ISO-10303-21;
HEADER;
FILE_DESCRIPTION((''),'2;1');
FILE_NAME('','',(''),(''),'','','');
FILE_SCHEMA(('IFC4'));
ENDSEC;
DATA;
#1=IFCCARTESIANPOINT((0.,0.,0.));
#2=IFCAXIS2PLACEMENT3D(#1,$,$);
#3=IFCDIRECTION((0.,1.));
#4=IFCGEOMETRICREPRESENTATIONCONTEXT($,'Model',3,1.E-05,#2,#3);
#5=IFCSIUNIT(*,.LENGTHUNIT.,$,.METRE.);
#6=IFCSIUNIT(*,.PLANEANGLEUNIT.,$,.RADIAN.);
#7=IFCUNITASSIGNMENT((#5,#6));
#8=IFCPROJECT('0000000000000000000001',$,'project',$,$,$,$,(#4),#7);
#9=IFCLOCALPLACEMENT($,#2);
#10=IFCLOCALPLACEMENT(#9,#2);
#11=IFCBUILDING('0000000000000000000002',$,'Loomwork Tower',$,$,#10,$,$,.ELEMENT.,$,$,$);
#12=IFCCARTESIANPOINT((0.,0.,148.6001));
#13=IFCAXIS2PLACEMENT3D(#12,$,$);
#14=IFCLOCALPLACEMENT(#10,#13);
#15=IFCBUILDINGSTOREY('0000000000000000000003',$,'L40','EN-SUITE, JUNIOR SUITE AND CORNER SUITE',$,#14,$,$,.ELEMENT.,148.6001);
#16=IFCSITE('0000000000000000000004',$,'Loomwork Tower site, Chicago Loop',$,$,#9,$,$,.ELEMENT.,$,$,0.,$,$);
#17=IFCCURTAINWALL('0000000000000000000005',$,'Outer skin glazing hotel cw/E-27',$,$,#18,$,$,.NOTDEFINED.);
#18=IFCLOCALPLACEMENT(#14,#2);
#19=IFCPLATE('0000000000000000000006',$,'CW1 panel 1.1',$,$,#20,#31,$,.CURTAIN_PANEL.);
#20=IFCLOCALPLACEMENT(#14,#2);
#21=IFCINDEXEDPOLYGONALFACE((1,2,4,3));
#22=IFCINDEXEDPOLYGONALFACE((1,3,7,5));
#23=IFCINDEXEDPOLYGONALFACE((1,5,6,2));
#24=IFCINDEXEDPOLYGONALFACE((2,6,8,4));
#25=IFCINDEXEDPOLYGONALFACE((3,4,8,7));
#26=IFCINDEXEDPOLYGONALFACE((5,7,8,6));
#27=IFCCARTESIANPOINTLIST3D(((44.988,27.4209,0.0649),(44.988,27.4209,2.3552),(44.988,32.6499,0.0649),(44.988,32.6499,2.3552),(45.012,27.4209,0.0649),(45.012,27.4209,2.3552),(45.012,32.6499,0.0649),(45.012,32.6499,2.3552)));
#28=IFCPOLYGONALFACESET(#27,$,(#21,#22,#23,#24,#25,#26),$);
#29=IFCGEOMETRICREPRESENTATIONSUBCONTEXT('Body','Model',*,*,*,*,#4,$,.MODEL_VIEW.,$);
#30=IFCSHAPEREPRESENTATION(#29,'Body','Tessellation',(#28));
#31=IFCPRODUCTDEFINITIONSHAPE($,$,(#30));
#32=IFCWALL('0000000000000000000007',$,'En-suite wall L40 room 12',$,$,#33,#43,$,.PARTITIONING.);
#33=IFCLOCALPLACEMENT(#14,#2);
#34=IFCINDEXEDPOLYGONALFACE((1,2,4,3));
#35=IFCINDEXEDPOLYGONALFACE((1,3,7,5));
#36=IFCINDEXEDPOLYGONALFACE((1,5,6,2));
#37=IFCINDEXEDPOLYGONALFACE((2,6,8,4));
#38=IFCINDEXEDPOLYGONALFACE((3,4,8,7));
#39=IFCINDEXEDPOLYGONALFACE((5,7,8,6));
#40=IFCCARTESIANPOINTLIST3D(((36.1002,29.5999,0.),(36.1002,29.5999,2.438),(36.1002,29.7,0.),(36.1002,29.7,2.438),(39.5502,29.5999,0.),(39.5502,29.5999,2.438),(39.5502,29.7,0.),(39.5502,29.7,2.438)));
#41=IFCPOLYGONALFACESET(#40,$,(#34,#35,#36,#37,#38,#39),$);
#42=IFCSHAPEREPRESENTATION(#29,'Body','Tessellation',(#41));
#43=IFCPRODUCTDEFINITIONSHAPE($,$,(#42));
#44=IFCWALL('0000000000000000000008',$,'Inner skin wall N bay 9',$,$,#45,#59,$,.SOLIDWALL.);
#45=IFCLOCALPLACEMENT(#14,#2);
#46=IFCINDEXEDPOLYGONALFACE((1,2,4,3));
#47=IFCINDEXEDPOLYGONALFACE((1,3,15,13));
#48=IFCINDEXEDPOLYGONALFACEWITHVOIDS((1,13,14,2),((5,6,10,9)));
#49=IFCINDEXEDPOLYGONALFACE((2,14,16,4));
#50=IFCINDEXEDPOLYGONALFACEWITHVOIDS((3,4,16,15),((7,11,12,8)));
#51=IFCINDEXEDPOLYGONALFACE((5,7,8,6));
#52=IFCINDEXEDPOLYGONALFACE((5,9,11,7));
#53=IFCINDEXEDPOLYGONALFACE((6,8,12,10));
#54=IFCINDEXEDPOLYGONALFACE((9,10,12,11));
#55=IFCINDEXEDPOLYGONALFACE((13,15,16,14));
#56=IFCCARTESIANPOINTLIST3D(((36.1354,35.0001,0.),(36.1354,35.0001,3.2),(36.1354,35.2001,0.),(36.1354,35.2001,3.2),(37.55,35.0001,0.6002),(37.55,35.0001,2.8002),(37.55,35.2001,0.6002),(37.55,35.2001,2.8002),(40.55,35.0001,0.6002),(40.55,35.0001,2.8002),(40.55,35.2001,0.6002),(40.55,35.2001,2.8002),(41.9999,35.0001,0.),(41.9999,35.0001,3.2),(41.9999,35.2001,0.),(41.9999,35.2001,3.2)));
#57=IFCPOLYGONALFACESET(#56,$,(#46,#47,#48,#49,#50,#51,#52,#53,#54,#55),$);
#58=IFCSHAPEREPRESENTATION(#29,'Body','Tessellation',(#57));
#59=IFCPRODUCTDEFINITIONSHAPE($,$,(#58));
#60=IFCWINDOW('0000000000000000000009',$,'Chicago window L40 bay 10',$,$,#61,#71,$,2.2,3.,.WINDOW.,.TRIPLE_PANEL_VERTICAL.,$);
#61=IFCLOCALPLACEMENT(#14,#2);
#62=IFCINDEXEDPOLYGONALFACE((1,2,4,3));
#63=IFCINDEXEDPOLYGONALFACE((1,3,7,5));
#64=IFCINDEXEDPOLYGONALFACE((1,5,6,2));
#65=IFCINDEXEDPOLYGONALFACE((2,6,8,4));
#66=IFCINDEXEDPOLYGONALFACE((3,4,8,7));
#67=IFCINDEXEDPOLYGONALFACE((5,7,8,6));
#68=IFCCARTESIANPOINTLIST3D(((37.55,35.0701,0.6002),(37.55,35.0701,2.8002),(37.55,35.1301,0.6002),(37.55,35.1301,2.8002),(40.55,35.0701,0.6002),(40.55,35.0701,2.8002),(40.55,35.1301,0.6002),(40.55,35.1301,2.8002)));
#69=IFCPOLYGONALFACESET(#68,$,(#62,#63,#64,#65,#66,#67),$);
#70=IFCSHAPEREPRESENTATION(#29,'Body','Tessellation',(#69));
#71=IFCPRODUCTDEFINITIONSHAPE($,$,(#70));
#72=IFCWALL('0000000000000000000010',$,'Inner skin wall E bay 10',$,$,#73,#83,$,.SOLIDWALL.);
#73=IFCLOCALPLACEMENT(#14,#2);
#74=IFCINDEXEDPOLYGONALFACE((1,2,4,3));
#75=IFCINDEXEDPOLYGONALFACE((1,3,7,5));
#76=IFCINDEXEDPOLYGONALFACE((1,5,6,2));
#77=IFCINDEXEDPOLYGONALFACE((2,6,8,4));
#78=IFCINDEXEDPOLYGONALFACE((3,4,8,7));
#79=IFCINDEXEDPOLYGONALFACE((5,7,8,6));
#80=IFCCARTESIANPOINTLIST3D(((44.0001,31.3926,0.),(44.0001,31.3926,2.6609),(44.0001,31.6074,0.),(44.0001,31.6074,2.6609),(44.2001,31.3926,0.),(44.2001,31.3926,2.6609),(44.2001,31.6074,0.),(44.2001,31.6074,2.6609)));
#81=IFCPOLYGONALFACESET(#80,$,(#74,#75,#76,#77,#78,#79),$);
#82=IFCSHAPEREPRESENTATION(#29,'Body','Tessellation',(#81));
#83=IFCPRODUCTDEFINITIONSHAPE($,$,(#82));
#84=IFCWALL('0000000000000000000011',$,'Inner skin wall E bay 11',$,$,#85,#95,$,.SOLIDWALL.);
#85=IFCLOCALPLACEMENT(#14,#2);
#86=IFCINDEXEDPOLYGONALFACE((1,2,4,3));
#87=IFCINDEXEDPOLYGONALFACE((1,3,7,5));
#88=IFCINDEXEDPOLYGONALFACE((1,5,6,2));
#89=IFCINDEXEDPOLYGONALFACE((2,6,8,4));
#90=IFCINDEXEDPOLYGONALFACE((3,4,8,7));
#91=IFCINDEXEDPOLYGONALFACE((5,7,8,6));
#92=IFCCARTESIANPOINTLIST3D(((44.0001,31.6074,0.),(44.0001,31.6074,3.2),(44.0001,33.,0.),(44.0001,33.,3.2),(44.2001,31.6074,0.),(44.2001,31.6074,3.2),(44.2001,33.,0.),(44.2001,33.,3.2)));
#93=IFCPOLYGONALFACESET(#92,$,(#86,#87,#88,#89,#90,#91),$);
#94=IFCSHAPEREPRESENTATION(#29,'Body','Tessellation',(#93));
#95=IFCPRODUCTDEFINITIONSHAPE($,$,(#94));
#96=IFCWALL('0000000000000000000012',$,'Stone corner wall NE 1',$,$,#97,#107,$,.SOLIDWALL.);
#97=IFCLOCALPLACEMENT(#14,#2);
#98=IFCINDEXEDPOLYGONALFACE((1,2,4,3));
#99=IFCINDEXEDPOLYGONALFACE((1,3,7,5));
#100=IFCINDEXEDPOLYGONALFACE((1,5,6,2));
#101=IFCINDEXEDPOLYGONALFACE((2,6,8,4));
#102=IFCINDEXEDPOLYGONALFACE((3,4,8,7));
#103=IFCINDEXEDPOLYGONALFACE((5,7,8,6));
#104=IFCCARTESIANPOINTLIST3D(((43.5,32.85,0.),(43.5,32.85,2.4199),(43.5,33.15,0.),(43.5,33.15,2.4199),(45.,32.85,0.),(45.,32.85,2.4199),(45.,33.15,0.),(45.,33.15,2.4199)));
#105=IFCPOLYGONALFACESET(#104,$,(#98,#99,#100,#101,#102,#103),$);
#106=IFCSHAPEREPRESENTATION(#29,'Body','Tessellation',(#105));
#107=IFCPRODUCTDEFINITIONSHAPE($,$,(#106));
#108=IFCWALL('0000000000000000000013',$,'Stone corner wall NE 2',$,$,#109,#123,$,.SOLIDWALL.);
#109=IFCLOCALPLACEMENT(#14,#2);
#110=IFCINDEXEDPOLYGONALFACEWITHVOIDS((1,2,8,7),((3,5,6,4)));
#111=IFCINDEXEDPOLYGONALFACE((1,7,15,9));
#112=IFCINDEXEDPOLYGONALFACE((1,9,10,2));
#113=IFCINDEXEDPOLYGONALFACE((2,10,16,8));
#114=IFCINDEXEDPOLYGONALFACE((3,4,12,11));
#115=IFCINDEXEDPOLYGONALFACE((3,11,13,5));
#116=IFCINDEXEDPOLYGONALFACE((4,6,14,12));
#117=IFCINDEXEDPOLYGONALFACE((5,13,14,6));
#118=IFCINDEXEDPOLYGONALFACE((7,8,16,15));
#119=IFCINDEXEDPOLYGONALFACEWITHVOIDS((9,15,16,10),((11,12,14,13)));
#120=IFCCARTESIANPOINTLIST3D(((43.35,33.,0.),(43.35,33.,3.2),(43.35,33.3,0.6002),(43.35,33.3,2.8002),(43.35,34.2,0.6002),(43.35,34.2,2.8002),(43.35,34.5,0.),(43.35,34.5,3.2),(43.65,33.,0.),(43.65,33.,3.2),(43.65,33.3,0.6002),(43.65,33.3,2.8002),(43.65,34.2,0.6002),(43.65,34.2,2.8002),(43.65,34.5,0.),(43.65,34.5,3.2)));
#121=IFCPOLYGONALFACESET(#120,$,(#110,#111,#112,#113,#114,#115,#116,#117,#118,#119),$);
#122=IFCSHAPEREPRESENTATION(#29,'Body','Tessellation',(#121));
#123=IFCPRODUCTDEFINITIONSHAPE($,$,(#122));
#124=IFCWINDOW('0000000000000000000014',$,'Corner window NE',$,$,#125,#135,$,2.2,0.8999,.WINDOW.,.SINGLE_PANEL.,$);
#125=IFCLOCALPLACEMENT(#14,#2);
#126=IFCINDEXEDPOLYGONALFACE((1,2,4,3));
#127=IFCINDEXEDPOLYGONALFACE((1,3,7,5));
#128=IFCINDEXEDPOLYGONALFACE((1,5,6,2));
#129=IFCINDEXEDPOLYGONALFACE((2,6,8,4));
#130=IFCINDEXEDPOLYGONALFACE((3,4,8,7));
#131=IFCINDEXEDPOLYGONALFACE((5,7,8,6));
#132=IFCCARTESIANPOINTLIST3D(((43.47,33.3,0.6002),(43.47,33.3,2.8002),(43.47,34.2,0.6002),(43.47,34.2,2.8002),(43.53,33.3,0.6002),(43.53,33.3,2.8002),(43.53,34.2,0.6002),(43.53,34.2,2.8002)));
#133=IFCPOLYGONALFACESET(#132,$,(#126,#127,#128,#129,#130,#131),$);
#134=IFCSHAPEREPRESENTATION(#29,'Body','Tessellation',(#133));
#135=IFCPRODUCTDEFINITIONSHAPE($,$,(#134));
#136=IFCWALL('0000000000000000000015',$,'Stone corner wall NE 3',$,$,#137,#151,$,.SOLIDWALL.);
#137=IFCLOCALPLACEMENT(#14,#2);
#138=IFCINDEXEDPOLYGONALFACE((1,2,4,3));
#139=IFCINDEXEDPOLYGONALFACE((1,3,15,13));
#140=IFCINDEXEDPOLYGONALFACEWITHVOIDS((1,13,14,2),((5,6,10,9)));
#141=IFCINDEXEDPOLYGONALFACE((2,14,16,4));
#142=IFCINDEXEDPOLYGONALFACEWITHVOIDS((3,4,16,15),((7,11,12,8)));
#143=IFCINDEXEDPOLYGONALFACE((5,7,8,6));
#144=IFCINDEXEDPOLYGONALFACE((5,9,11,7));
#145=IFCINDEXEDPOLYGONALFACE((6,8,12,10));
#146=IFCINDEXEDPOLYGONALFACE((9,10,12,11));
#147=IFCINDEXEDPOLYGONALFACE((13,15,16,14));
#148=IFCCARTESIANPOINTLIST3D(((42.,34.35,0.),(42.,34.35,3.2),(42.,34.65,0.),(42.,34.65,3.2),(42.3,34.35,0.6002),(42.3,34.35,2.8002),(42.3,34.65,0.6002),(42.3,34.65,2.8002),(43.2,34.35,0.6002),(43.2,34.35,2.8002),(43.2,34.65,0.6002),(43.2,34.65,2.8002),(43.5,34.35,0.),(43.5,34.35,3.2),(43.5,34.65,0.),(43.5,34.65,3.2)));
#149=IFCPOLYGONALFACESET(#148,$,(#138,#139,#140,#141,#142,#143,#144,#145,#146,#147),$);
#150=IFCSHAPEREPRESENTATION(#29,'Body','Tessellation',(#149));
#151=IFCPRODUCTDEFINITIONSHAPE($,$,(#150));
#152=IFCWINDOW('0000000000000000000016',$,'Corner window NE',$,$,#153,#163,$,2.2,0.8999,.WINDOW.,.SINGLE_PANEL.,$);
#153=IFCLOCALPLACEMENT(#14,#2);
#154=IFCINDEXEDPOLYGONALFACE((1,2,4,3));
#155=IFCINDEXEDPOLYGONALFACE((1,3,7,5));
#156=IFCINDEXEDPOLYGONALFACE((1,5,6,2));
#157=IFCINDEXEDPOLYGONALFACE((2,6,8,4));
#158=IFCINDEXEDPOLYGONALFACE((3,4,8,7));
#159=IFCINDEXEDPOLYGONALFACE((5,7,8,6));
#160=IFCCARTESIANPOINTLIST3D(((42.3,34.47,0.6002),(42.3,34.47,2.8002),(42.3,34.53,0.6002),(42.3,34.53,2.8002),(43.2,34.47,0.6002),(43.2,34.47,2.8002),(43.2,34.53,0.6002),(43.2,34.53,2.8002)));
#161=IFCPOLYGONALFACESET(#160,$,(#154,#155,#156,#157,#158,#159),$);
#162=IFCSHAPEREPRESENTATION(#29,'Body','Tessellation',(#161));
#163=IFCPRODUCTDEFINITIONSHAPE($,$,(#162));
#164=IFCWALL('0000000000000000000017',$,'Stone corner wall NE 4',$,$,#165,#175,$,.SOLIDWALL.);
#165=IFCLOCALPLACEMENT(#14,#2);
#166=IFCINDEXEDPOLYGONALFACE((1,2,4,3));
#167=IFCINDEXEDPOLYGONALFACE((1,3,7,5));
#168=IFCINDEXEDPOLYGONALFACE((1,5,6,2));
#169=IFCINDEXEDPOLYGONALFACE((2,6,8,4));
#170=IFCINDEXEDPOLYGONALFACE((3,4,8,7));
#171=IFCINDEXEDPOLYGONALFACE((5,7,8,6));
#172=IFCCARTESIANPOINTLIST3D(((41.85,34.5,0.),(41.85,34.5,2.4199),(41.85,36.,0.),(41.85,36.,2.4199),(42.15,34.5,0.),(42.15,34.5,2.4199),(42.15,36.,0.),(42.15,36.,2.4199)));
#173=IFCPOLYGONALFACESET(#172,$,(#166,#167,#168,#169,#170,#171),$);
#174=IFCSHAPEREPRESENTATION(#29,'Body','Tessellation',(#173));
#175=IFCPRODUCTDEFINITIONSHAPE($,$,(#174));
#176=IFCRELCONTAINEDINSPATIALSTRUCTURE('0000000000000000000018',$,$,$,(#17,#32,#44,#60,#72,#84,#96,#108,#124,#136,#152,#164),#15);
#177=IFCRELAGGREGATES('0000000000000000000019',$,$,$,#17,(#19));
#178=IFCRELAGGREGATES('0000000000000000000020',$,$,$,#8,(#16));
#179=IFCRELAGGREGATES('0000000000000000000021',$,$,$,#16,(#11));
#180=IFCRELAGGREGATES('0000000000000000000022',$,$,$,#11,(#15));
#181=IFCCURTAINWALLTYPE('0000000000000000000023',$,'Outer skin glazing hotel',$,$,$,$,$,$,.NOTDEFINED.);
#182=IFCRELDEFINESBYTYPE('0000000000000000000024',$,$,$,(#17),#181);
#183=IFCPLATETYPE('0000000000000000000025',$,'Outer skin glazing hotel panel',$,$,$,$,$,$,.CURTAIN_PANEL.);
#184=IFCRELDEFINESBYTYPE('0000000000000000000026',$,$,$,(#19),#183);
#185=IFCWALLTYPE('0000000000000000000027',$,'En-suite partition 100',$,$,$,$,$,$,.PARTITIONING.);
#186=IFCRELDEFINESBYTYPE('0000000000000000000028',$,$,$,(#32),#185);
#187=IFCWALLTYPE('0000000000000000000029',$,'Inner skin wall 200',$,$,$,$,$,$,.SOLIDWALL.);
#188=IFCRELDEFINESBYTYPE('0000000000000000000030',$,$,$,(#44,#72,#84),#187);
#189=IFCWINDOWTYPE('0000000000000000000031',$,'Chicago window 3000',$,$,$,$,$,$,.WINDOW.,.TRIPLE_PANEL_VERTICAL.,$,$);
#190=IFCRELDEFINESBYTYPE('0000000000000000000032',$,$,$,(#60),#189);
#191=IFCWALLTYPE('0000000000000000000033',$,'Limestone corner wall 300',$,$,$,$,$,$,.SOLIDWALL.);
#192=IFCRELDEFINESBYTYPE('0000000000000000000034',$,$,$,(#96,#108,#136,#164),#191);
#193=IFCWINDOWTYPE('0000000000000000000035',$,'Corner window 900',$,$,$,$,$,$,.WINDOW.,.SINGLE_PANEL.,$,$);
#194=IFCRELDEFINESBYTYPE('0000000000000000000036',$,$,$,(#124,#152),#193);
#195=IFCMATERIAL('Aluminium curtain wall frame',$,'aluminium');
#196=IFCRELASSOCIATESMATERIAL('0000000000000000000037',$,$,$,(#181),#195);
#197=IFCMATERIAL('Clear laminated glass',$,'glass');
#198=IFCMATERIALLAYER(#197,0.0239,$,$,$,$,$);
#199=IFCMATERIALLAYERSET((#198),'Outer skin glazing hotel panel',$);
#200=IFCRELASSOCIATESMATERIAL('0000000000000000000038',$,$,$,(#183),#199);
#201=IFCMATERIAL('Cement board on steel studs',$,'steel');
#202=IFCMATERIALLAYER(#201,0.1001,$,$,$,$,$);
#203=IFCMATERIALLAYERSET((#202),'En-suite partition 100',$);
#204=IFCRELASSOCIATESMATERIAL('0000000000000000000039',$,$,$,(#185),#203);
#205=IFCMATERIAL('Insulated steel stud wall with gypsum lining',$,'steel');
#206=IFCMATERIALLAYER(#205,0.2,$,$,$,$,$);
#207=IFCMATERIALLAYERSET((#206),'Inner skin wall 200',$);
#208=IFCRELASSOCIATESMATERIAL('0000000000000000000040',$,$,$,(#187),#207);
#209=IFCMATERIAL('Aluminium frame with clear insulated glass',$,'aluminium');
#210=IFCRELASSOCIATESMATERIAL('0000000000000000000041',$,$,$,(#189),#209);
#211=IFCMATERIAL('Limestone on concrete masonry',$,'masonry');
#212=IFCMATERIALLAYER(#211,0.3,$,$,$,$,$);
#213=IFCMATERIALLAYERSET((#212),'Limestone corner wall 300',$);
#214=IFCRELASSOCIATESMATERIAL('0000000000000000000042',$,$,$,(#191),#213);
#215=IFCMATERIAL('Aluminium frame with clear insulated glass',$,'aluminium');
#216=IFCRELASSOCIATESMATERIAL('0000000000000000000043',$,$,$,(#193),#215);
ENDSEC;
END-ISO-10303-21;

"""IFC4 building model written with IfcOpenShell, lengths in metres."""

from ifc_helpers import new_model, si_unit, direction, frame, frame_2d, origin, origin_2d, place, context, subcontext, project, spatial, rectangle, extrude, material, layer, layer_set, type_object, element, fill, aggregate, save


model = new_model("IFC4")

# Units and contexts
model_context = context("Model", 3, precision=1e-05, world=origin(), true_north=direction((0.0, 1.0)))
body_context = subcontext(model_context, "Body", "Model", "MODEL_VIEW")
ifc_project = project(units=[si_unit("LENGTHUNIT", "METRE"), si_unit("PLANEANGLEUNIT", "RADIAN")], contexts=[model_context])

# Site, building, storey
site_placement = place(None, origin())
site = spatial("IfcSite", under=ifc_project, at=site_placement, Name="Loomwork Tower site, Chicago Loop", CompositionType="ELEMENT", RefElevation=0.0)
building_placement = place(site_placement, origin())
building = spatial("IfcBuilding", under=site, at=building_placement, Name="Loomwork Tower", CompositionType="ELEMENT")
storey_placement = place(building_placement, frame((0.0, 0.0, 148.6001)))
storey = spatial("IfcBuildingStorey", under=building, at=storey_placement, Name="L40", Description="EN-SUITE, JUNIOR SUITE AND CORNER SUITE", CompositionType="ELEMENT", Elevation=148.6001)

# Shared definitions
ifc_material_1 = material(Name="Aluminium curtain wall frame", Category="aluminium")
curtain_wall_type = type_object("IfcCurtainWallType", Name="Outer skin glazing hotel", PredefinedType="NOTDEFINED", material=ifc_material_1)

# Curtain wall
curtain_wall_1_placement = place(storey_placement, origin())
curtain_wall_1 = element("IfcCurtainWall", 1, at=curtain_wall_1_placement, inside=storey, type_object=curtain_wall_type, Name="Outer skin glazing hotel cw/E-27", PredefinedType="NOTDEFINED")

# Plate
ifc_material_2 = material(Name="Clear laminated glass", Category="glass")
ifc_layer_1 = layer(ifc_material_2, 0.0239)
ifc_layer_set_1 = layer_set([ifc_layer_1], Name="Outer skin glazing hotel panel")
plate_type = type_object("IfcPlateType", Name="Outer skin glazing hotel panel", PredefinedType="CURTAIN_PANEL", material=ifc_layer_set_1)
plate_1_placement = place(storey_placement, frame((45.0, 30.0354, 0.0649), z_axis=(0.0, 0.0, 1.0), x_axis=(0.0, 1.0, 0.0)))
plate_1 = element("IfcPlate", 2, at=plate_1_placement, type_object=plate_type, Name="CW1 panel 1.1", PredefinedType="CURTAIN_PANEL", context=body_context, shape_type="SweptSolid", body=[
    extrude(rectangle(XDim=5.229, YDim=0.0239, at=origin_2d()), origin(), (0.0, 0.0, 1.0), 2.2903),
])
aggregate(curtain_wall_1, [plate_1])

# Wall
ifc_material_3 = material(Name="Cement board on steel studs", Category="steel")
ifc_layer_2 = layer(ifc_material_3, 0.1001)
ifc_layer_set_2 = layer_set([ifc_layer_2], Name="En-suite partition 100")
wall_type_1 = type_object("IfcWallType", Name="En-suite partition 100", PredefinedType="PARTITIONING", material=ifc_layer_set_2)
wall_1_placement = place(storey_placement, frame((36.1001, 29.6499, 0.0), z_axis=(0.0, 0.0, 1.0), x_axis=(1.0, 0.0, 0.0)))
element("IfcWall", 3, at=wall_1_placement, inside=storey, type_object=wall_type_1, Name="En-suite wall L40 room 12", PredefinedType="PARTITIONING", context=body_context, shape_type="SweptSolid", body=[
    extrude(rectangle(XDim=3.45, YDim=0.1001, at=frame_2d((1.7251, 0.0))), origin(), (0.0, 0.0, 1.0), 2.438),
])

# Wall, opening, window
ifc_material_4 = material(Name="Insulated steel stud wall with gypsum lining", Category="steel")
ifc_layer_3 = layer(ifc_material_4, 0.2)
ifc_layer_set_3 = layer_set([ifc_layer_3], Name="Inner skin wall 200")
wall_type_2 = type_object("IfcWallType", Name="Inner skin wall 200", PredefinedType="SOLIDWALL", material=ifc_layer_set_3)
wall_2_placement = place(storey_placement, frame((36.1355, 35.1001, 0.0), z_axis=(0.0, 0.0, 1.0), x_axis=(1.0, 0.0, 0.0)))
wall_2 = element("IfcWall", 4, at=wall_2_placement, inside=storey, type_object=wall_type_2, Name="Inner skin wall N bay 9", PredefinedType="SOLIDWALL", context=body_context, shape_type="SweptSolid", body=[
    extrude(rectangle(XDim=5.8645, YDim=0.2, at=frame_2d((2.9321, 0.0))), origin(), (0.0, 0.0, 1.0), 3.2),
])
opening_1_placement = place(wall_2_placement, frame((1.4146, 0.0, 0.6001)))
opening_1 = element("IfcOpeningElement", 5, at=opening_1_placement, cuts=wall_2, PredefinedType="OPENING", context=body_context, shape_type="SweptSolid", body=[
    extrude(rectangle(XDim=3.0, YDim=2.2, at=frame_2d((1.5, 1.1001))), frame((0.0, 0.1099, 0.0), z_axis=(0.0, -1.0, 0.0), x_axis=(1.0, 0.0, 0.0)), (0.0, 0.0, 1.0), 0.22),
])
ifc_material_5 = material(Name="Aluminium frame with clear insulated glass", Category="aluminium")
window_type_1 = type_object("IfcWindowType", Name="Chicago window 3000", PartitioningType="TRIPLE_PANEL_VERTICAL", PredefinedType="WINDOW", material=ifc_material_5)
window_1_placement = place(opening_1_placement, origin())
window_1 = element("IfcWindow", 6, at=window_1_placement, inside=storey, type_object=window_type_1, Name="Chicago window L40 bay 10", OverallHeight=2.2, OverallWidth=3.0, PartitioningType="TRIPLE_PANEL_VERTICAL", PredefinedType="WINDOW", context=body_context, shape_type="SweptSolid", body=[
    extrude(rectangle(XDim=3.0, YDim=2.2, at=frame_2d((1.5, 1.1001))), frame((0.0, 0.03, 0.0), z_axis=(0.0, -1.0, 0.0), x_axis=(1.0, 0.0, 0.0)), (0.0, 0.0, 1.0), 0.0601),
])
fill(opening_1, window_1)

# Walls
wall_3_placement = place(storey_placement, frame((44.1001, 31.3926, 0.0), z_axis=(0.0, 0.0, 1.0), x_axis=(0.0, 1.0, 0.0)))
element("IfcWall", 7, at=wall_3_placement, inside=storey, type_object=wall_type_2, Name="Inner skin wall E bay 10", PredefinedType="SOLIDWALL", context=body_context, shape_type="SweptSolid", body=[
    extrude(rectangle(XDim=0.2148, YDim=0.2, at=frame_2d((0.1074, 0.0))), origin(), (0.0, 0.0, 1.0), 2.6609),
])
wall_4_placement = place(storey_placement, frame((44.1001, 31.6074, 0.0), z_axis=(0.0, 0.0, 1.0), x_axis=(0.0, 1.0, 0.0)))
element("IfcWall", 8, at=wall_4_placement, inside=storey, type_object=wall_type_2, Name="Inner skin wall E bay 11", PredefinedType="SOLIDWALL", context=body_context, shape_type="SweptSolid", body=[
    extrude(rectangle(XDim=1.3926, YDim=0.2, at=frame_2d((0.6963, 0.0))), origin(), (0.0, 0.0, 1.0), 3.2),
])
ifc_material_6 = material(Name="Limestone on concrete masonry", Category="masonry")
ifc_layer_4 = layer(ifc_material_6, 0.3)
ifc_layer_set_4 = layer_set([ifc_layer_4], Name="Limestone corner wall 300")
wall_type_3 = type_object("IfcWallType", Name="Limestone corner wall 300", PredefinedType="SOLIDWALL", material=ifc_layer_set_4)
wall_5_placement = place(storey_placement, frame((45.0, 33.0, 0.0), z_axis=(0.0, 0.0, 1.0), x_axis=(-1.0, 0.0, 0.0)))
element("IfcWall", 9, at=wall_5_placement, inside=storey, type_object=wall_type_3, Name="Stone corner wall NE 1", PredefinedType="SOLIDWALL", context=body_context, shape_type="SweptSolid", body=[
    extrude(rectangle(XDim=1.5, YDim=0.3, at=frame_2d((0.75, 0.0))), origin(), (0.0, 0.0, 1.0), 2.4199),
])

# Walls, openings, windows
wall_6_placement = place(storey_placement, frame((43.5, 33.0, 0.0), z_axis=(0.0, 0.0, 1.0), x_axis=(0.0, 1.0, 0.0)))
wall_6 = element("IfcWall", 10, at=wall_6_placement, inside=storey, type_object=wall_type_3, Name="Stone corner wall NE 2", PredefinedType="SOLIDWALL", context=body_context, shape_type="SweptSolid", body=[
    extrude(rectangle(XDim=1.5, YDim=0.3, at=frame_2d((0.75, 0.0))), origin(), (0.0, 0.0, 1.0), 3.2),
])
opening_2_placement = place(wall_6_placement, frame((0.3, 0.0, 0.6001)))
opening_2 = element("IfcOpeningElement", 11, at=opening_2_placement, cuts=wall_6, PredefinedType="OPENING", context=body_context, shape_type="SweptSolid", body=[
    extrude(rectangle(XDim=0.8999, YDim=2.2, at=frame_2d((0.45, 1.1001))), frame((0.0, 0.1599, 0.0), z_axis=(0.0, -1.0, 0.0), x_axis=(1.0, 0.0, 0.0)), (0.0, 0.0, 1.0), 0.3201),
])
ifc_material_7 = material(Name="Aluminium frame with clear insulated glass", Category="aluminium")
window_type_2 = type_object("IfcWindowType", Name="Corner window 900", PartitioningType="SINGLE_PANEL", PredefinedType="WINDOW", material=ifc_material_7)
window_2_placement = place(opening_2_placement, origin())
window_2 = element("IfcWindow", 12, at=window_2_placement, inside=storey, type_object=window_type_2, Name="Corner window NE", OverallHeight=2.2, OverallWidth=0.8999, PartitioningType="SINGLE_PANEL", PredefinedType="WINDOW", context=body_context, shape_type="SweptSolid", body=[
    extrude(rectangle(XDim=0.8999, YDim=2.2, at=frame_2d((0.45, 1.1001))), frame((0.0, 0.03, 0.0), z_axis=(0.0, -1.0, 0.0), x_axis=(1.0, 0.0, 0.0)), (0.0, 0.0, 1.0), 0.0601),
])
fill(opening_2, window_2)
wall_7_placement = place(storey_placement, frame((43.5, 34.5, 0.0), z_axis=(0.0, 0.0, 1.0), x_axis=(-1.0, 0.0, 0.0)))
wall_7 = element("IfcWall", 13, at=wall_7_placement, inside=storey, type_object=wall_type_3, Name="Stone corner wall NE 3", PredefinedType="SOLIDWALL", context=body_context, shape_type="SweptSolid", body=[
    extrude(rectangle(XDim=1.5, YDim=0.3, at=frame_2d((0.75, 0.0))), origin(), (0.0, 0.0, 1.0), 3.2),
])
opening_3_placement = place(wall_7_placement, frame((0.3, 0.0, 0.6001)))
opening_3 = element("IfcOpeningElement", 14, at=opening_3_placement, cuts=wall_7, PredefinedType="OPENING", context=body_context, shape_type="SweptSolid", body=[
    extrude(rectangle(XDim=0.8999, YDim=2.2, at=frame_2d((0.45, 1.1001))), frame((0.0, 0.1599, 0.0), z_axis=(0.0, -1.0, 0.0), x_axis=(1.0, 0.0, 0.0)), (0.0, 0.0, 1.0), 0.3201),
])
window_3_placement = place(opening_3_placement, origin())
window_3 = element("IfcWindow", 15, at=window_3_placement, inside=storey, type_object=window_type_2, Name="Corner window NE", OverallHeight=2.2, OverallWidth=0.8999, PartitioningType="SINGLE_PANEL", PredefinedType="WINDOW", context=body_context, shape_type="SweptSolid", body=[
    extrude(rectangle(XDim=0.8999, YDim=2.2, at=frame_2d((0.45, 1.1001))), frame((0.0, 0.03, 0.0), z_axis=(0.0, -1.0, 0.0), x_axis=(1.0, 0.0, 0.0)), (0.0, 0.0, 1.0), 0.0601),
])
fill(opening_3, window_3)

# Wall
wall_8_placement = place(storey_placement, frame((42.0, 34.5, 0.0), z_axis=(0.0, 0.0, 1.0), x_axis=(0.0, 1.0, 0.0)))
element("IfcWall", 16, at=wall_8_placement, inside=storey, type_object=wall_type_3, Name="Stone corner wall NE 4", PredefinedType="SOLIDWALL", context=body_context, shape_type="SweptSolid", body=[
    extrude(rectangle(XDim=1.5, YDim=0.3, at=frame_2d((0.75, 0.0))), origin(), (0.0, 0.0, 1.0), 2.4199),
])

save(model, "model.ifc")
